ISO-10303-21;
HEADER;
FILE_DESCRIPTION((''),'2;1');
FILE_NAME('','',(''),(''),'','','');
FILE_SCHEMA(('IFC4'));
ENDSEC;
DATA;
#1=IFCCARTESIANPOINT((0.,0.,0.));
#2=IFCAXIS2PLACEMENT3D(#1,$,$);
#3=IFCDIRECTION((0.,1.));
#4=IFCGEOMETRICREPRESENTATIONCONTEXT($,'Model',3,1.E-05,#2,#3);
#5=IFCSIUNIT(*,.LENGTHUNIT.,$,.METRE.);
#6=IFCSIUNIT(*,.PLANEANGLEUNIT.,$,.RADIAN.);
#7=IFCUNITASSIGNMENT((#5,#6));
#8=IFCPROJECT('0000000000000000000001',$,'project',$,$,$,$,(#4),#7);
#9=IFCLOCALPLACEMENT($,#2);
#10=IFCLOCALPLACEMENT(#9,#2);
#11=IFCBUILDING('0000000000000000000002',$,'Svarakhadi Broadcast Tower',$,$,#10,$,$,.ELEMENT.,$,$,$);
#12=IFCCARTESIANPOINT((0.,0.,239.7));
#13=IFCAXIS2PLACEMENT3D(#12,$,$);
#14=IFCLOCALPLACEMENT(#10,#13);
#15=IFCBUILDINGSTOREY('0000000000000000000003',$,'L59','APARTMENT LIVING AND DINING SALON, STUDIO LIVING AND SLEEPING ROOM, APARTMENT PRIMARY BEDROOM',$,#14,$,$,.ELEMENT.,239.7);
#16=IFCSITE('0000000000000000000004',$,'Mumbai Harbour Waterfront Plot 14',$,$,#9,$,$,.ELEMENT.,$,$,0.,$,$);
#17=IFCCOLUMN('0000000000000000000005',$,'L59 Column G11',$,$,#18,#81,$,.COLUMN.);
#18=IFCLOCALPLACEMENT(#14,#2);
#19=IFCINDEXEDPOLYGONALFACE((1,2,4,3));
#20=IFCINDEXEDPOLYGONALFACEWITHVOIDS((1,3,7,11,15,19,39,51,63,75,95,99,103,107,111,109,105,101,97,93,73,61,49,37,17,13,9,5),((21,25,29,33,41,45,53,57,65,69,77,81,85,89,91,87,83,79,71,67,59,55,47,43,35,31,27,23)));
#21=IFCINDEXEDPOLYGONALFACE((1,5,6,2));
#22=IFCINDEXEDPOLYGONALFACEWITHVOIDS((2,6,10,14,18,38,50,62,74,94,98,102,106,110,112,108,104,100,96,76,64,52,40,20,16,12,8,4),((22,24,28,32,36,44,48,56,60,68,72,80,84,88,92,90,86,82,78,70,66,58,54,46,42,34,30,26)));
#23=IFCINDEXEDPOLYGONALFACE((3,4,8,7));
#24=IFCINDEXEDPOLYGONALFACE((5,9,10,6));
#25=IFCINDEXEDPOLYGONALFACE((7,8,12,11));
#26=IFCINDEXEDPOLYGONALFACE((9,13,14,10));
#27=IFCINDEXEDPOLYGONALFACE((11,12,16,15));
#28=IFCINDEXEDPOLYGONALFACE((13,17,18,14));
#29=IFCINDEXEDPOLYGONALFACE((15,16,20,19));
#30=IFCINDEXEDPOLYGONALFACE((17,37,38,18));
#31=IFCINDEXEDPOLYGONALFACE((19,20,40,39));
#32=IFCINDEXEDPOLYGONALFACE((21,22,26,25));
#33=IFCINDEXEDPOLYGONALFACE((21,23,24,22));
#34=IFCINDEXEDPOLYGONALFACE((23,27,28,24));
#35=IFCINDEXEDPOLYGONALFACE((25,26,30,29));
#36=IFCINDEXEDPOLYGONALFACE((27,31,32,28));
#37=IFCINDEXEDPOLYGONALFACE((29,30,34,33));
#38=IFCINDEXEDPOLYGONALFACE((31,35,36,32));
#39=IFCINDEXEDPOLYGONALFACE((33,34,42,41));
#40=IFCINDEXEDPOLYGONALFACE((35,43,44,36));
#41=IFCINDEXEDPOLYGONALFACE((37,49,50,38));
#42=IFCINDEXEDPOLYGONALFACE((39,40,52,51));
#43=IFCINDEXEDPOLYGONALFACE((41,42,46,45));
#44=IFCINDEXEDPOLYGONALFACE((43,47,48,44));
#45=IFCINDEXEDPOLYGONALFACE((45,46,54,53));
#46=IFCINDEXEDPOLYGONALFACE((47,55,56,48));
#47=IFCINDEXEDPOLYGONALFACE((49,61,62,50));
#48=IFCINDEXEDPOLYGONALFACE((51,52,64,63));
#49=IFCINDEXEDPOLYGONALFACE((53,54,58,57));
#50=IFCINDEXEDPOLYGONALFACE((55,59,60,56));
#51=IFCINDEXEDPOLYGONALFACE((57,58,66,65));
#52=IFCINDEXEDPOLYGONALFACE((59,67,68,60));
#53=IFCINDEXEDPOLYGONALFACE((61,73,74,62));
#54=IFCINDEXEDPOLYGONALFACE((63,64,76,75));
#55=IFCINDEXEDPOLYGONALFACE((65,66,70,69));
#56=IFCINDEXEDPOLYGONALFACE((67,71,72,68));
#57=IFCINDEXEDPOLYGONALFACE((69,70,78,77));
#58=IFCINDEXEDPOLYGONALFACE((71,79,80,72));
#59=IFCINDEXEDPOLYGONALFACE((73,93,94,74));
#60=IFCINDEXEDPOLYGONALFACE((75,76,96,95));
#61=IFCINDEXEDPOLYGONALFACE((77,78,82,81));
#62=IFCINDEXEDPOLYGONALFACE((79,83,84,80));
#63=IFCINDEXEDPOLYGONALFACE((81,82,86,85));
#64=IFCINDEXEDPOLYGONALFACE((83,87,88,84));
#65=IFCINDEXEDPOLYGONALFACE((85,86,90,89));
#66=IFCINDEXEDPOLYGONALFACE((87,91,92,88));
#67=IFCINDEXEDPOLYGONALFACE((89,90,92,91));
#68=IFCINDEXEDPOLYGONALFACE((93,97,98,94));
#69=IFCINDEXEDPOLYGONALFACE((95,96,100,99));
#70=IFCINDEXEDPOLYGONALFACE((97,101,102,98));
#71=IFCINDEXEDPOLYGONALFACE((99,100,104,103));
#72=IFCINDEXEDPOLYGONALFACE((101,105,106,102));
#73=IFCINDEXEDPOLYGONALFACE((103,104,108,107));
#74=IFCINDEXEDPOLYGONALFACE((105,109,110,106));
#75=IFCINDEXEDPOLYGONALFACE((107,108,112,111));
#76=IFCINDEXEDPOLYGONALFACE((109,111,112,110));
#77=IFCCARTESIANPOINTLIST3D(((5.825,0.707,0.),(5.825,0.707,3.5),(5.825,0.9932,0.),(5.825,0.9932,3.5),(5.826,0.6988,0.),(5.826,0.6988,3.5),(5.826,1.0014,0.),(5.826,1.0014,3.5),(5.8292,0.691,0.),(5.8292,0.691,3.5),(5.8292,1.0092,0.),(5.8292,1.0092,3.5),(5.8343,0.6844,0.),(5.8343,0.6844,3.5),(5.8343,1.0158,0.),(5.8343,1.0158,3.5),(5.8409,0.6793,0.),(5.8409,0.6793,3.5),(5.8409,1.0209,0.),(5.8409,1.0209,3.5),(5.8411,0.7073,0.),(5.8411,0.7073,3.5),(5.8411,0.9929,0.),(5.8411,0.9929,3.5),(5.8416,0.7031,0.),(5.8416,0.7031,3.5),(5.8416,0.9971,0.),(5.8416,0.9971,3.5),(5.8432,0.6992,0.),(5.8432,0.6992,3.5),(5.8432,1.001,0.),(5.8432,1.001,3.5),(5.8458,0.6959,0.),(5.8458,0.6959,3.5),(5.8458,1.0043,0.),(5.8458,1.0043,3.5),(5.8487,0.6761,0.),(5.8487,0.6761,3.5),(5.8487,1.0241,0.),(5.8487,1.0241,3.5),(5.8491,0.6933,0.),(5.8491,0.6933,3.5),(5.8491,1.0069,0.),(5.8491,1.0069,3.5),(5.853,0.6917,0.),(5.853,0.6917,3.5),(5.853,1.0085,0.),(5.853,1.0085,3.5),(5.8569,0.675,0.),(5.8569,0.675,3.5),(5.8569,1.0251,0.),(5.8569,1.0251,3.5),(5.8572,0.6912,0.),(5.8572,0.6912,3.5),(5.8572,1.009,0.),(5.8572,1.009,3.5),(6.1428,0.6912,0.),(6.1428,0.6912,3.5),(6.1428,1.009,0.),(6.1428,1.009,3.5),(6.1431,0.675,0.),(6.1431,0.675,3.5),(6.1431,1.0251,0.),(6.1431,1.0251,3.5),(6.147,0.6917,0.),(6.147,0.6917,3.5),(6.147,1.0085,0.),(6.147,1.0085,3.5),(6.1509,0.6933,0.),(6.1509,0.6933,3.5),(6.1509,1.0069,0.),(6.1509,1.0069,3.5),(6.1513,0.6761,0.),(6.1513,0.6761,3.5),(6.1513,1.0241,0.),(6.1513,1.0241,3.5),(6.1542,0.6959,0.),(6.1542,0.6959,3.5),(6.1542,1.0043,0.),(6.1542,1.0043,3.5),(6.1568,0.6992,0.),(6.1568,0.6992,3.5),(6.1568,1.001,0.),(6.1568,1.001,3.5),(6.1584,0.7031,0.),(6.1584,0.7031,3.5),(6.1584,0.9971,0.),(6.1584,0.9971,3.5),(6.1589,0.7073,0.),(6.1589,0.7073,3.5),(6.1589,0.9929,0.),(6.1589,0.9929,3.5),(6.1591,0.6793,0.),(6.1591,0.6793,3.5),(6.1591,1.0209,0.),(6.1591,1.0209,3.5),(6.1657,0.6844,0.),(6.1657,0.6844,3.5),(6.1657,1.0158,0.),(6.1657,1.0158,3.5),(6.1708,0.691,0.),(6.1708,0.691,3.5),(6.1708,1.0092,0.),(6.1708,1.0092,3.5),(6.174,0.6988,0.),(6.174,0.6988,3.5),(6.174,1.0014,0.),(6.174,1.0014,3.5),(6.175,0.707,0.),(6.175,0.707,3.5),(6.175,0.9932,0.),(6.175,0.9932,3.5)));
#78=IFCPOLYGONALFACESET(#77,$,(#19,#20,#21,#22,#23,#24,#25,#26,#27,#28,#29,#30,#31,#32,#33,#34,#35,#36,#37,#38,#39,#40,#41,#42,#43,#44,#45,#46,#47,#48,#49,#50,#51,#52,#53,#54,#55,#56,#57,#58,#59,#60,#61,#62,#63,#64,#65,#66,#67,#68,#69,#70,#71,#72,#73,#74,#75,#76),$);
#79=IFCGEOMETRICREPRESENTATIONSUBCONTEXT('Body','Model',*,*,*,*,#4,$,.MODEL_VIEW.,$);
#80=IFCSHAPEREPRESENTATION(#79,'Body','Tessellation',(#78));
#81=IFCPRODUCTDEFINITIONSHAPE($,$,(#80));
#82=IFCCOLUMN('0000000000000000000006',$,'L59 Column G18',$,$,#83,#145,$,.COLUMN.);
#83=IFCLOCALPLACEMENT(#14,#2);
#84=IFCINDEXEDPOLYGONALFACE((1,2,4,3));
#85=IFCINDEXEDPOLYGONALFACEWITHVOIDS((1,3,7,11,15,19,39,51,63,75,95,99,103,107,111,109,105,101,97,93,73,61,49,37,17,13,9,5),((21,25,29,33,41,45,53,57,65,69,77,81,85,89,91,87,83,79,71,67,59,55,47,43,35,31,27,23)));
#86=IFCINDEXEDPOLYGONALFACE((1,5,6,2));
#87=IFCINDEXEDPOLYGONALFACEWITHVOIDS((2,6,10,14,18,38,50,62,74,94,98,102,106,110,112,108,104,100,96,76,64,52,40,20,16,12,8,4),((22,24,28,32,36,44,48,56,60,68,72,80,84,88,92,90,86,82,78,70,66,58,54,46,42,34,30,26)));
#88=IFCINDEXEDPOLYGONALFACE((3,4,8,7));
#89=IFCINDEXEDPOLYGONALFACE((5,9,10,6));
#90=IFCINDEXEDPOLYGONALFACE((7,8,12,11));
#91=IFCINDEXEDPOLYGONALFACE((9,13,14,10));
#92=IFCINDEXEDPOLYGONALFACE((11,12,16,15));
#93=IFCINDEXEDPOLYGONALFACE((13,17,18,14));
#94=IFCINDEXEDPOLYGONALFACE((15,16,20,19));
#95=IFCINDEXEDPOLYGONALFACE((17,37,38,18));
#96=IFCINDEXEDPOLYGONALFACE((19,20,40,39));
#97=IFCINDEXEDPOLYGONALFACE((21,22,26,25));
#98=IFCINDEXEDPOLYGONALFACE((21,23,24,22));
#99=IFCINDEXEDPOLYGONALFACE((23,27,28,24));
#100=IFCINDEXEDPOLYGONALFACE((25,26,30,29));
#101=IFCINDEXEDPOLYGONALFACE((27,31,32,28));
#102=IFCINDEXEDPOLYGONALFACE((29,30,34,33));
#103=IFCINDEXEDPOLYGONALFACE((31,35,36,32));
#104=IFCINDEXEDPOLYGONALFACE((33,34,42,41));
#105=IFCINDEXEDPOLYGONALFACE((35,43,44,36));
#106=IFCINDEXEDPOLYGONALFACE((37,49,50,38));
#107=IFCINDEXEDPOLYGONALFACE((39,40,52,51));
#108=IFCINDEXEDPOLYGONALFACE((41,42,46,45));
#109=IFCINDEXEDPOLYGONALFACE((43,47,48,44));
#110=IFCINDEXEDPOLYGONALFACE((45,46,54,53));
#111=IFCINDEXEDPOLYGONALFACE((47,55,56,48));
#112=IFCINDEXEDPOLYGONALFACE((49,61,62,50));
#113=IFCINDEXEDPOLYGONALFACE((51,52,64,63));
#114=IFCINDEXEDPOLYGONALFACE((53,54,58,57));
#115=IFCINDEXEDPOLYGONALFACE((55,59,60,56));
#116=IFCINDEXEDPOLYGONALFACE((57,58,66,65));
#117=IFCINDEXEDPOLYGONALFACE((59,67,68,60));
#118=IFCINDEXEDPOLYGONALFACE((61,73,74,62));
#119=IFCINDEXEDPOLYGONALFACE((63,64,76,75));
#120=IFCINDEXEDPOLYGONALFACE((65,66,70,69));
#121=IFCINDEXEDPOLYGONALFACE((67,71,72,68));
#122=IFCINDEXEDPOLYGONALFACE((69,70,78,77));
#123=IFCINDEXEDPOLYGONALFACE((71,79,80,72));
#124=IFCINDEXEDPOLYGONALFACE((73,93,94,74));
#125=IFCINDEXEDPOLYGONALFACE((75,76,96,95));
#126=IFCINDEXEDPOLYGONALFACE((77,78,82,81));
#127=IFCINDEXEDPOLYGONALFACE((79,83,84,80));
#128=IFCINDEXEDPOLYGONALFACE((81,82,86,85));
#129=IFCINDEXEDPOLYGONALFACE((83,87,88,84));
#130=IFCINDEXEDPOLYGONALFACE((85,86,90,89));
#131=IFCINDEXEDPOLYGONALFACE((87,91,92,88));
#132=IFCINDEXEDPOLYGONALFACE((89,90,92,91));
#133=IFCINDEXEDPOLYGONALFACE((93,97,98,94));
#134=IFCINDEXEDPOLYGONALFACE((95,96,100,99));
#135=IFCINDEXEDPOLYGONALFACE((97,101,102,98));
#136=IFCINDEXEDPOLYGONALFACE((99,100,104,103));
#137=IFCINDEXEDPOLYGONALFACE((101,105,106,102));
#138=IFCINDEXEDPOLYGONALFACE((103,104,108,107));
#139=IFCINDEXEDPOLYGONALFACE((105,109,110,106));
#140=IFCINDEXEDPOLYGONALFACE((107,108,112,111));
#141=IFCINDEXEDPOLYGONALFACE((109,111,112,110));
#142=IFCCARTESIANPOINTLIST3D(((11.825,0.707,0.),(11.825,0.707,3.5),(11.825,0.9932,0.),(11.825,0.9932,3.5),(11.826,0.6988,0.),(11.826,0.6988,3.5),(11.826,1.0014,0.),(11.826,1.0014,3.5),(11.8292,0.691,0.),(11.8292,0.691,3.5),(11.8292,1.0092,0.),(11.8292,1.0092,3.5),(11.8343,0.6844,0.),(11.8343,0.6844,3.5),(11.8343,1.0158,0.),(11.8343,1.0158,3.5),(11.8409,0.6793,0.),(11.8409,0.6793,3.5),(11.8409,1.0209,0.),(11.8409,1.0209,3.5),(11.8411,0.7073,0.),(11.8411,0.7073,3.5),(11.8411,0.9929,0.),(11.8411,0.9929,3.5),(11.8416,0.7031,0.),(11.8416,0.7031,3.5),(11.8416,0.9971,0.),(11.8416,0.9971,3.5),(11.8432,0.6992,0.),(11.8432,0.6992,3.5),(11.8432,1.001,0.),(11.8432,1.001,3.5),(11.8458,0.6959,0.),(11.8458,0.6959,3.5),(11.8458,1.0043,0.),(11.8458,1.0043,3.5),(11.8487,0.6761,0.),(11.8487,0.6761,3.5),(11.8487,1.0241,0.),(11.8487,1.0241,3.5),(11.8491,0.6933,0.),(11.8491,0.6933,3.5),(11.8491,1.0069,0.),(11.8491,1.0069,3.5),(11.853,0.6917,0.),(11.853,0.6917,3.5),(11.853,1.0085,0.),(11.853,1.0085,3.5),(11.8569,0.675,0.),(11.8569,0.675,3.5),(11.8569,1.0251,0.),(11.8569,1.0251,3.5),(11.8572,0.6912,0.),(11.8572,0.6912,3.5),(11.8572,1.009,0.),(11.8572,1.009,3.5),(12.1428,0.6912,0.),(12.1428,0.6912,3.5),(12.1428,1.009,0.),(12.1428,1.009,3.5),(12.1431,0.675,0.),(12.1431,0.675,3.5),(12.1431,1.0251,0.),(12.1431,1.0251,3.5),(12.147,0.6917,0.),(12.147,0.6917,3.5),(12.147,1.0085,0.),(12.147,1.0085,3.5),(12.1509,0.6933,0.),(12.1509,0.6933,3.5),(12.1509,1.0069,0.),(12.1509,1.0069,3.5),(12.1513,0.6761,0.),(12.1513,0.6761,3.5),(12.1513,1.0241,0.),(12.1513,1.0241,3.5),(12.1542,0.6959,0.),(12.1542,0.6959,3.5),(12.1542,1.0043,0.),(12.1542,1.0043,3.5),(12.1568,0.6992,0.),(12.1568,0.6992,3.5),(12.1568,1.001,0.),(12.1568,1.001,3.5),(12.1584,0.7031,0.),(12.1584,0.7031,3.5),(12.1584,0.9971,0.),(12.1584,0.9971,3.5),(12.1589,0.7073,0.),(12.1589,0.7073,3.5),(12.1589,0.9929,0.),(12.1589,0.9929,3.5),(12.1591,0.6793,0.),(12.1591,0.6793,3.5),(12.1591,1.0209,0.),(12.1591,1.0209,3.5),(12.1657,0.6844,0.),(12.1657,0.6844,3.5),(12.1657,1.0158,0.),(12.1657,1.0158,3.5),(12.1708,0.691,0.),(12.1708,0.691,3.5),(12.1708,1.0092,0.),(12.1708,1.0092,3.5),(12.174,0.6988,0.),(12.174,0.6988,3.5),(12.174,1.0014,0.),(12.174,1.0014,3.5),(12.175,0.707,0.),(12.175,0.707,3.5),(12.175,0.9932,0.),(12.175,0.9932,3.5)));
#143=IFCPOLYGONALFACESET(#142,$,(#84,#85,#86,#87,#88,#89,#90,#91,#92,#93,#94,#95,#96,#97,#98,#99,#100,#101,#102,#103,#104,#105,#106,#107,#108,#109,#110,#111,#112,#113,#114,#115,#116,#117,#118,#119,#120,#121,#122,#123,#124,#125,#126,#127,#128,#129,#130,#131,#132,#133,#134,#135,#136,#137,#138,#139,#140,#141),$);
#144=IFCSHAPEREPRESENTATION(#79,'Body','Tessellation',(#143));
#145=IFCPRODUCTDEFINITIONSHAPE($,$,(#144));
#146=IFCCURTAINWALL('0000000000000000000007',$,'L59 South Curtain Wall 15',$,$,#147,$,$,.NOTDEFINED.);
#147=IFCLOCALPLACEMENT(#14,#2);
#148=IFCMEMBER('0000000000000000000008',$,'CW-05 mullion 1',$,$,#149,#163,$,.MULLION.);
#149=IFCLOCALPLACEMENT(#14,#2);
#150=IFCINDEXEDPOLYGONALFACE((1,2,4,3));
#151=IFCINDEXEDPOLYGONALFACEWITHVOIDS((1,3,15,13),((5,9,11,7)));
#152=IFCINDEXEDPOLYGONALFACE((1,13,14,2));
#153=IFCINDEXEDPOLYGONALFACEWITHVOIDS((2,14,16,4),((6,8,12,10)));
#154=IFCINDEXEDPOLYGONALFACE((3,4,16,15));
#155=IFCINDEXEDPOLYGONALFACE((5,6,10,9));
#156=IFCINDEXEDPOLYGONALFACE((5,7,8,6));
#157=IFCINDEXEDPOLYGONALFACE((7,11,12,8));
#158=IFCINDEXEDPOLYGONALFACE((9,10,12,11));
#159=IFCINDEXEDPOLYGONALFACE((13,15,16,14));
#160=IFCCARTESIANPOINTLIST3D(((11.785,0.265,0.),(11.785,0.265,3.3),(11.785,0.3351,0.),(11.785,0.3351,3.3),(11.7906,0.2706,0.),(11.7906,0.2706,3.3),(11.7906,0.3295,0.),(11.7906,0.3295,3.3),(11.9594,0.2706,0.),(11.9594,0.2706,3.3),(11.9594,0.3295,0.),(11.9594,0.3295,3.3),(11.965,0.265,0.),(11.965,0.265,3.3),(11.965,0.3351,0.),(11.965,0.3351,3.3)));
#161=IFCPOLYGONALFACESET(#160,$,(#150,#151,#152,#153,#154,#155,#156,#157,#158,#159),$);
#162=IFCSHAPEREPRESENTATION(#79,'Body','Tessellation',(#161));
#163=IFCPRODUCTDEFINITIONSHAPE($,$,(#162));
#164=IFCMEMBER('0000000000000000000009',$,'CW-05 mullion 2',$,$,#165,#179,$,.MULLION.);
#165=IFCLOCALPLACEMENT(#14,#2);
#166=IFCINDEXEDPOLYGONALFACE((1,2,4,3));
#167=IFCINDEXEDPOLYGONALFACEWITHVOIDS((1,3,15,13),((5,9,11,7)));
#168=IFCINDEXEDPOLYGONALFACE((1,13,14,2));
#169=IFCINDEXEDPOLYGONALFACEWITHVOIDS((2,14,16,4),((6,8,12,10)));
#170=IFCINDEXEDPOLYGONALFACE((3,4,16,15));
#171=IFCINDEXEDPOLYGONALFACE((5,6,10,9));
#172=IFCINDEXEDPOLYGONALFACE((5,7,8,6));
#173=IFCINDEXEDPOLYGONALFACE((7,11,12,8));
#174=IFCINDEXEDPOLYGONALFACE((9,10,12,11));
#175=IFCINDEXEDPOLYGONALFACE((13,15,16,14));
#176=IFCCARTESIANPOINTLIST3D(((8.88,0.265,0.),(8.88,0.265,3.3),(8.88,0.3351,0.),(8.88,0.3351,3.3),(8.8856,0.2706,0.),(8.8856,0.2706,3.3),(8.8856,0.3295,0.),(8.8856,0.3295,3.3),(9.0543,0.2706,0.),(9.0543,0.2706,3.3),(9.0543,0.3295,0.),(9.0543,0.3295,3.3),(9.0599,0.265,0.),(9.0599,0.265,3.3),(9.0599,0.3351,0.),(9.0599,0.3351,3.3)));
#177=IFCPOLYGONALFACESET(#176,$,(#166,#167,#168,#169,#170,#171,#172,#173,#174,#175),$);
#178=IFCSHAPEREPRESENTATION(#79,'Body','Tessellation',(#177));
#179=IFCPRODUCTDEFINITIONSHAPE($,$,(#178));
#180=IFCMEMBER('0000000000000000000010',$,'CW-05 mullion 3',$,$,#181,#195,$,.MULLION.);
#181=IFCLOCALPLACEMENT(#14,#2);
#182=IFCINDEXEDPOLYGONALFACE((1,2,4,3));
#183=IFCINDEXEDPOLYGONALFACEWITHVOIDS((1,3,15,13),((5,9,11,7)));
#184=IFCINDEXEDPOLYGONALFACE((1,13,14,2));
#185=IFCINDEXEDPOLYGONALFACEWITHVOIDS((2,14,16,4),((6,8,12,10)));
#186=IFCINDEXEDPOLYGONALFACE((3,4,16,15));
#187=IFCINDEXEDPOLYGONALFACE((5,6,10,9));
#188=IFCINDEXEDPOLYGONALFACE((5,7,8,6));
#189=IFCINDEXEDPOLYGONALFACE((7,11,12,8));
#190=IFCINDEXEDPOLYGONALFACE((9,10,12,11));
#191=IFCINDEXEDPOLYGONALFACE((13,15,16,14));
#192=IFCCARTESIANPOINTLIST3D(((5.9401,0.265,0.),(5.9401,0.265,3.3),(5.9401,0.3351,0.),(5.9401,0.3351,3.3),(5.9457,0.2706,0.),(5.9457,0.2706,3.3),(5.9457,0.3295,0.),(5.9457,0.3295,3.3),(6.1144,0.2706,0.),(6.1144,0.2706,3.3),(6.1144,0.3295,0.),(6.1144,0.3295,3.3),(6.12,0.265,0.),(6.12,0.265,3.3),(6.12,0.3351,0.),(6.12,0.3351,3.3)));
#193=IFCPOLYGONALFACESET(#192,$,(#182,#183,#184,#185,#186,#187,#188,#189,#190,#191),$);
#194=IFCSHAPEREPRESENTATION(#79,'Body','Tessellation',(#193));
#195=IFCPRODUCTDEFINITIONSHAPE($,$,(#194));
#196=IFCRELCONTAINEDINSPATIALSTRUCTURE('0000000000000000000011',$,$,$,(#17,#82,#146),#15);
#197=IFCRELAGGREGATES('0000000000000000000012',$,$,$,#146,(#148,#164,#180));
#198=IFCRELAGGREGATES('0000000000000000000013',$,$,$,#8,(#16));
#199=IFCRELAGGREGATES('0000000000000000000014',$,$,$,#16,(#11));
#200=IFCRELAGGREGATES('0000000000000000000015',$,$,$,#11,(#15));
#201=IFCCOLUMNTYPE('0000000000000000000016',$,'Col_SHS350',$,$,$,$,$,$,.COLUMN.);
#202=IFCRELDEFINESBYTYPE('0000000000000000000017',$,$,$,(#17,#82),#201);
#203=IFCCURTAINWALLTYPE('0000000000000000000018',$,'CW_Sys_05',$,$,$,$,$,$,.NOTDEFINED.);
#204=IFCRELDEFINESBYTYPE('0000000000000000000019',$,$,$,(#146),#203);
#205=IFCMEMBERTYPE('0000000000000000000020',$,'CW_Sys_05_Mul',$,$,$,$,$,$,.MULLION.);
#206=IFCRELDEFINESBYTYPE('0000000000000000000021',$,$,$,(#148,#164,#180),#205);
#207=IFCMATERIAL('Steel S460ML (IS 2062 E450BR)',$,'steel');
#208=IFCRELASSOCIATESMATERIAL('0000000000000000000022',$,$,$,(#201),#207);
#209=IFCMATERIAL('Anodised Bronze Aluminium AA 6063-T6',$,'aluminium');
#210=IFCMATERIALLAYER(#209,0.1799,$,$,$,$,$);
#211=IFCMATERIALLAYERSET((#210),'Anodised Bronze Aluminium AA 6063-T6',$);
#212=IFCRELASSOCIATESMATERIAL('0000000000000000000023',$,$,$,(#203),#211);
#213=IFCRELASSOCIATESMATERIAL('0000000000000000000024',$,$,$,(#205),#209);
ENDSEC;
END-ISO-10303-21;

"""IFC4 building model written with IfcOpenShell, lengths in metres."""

from ifc_helpers import new_model, si_unit, direction, frame, origin, origin_2d, place, context, subcontext, project, spatial, hollow_rectangle, extrude, material, layer, layer_set, material_profile, profile_set, type_object, element, aggregate, save


model = new_model("IFC4")

# Units and contexts
model_context = context("Model", 3, precision=1e-05, world=origin(), true_north=direction((0.0, 1.0)))
body_context = subcontext(model_context, "Body", "Model", "MODEL_VIEW")
ifc_project = project(units=[si_unit("LENGTHUNIT", "METRE"), si_unit("PLANEANGLEUNIT", "RADIAN")], contexts=[model_context])

# Site, building, storey
site_placement = place(None, origin())
site = spatial("IfcSite", under=ifc_project, at=site_placement, Name="Mumbai Harbour Waterfront Plot 14", CompositionType="ELEMENT", RefElevation=0.0)
building_placement = place(site_placement, origin())
building = spatial("IfcBuilding", under=site, at=building_placement, Name="Svarakhadi Broadcast Tower", CompositionType="ELEMENT")
storey_placement = place(building_placement, frame((0.0, 0.0, 239.7)))
storey = spatial("IfcBuildingStorey", under=building, at=storey_placement, Name="L59", Description="APARTMENT LIVING AND DINING SALON, STUDIO LIVING AND SLEEPING ROOM, APARTMENT PRIMARY BEDROOM", CompositionType="ELEMENT", Elevation=239.7)

# Columns
ifc_material_1 = material(Name="Steel S460ML (IS 2062 E450BR)", Category="steel")
ifc_material_profile_1 = material_profile(ifc_material_1, hollow_rectangle(XDim=0.3501, YDim=0.3501, WallThickness=0.0161, InnerFilletRadius=0.0161, OuterFilletRadius=0.032, at=origin_2d()), Name="SHS 350x350x16")
ifc_profile_set_1 = profile_set([ifc_material_profile_1], Name="Steel S460ML (IS 2062 E450BR)")
column_type = type_object("IfcColumnType", Name="Col_SHS350", PredefinedType="COLUMN", material=ifc_profile_set_1)
for number, where, z_axis, x_axis, name in (
    (1, (6.0, 0.8501, 0.0), (0.0, 0.0, 1.0), (1.0, 0.0, 0.0), "L59 Column G11"),
    (2, (12.0, 0.8501, 0.0), (0.0, 0.0, 1.0), (1.0, 0.0, 0.0), "L59 Column G18"),
):
    element("IfcColumn", number, at=place(storey_placement, frame(where, z_axis=z_axis, x_axis=x_axis)), inside=storey, type_object=column_type, Name=name, PredefinedType="COLUMN", context=body_context, shape_type="SweptSolid", body=[
        extrude(hollow_rectangle(XDim=0.3501, YDim=0.3501, WallThickness=0.0161, InnerFilletRadius=0.0161, OuterFilletRadius=0.032, at=origin_2d()), origin(), (0.0, 0.0, 1.0), 3.5),
    ])

# Curtain wall, members
ifc_material_2 = material(Name="Anodised Bronze Aluminium AA 6063-T6", Category="aluminium")
ifc_layer_1 = layer(ifc_material_2, 0.1799)
ifc_layer_set_1 = layer_set([ifc_layer_1], Name="Anodised Bronze Aluminium AA 6063-T6")
curtain_wall_type = type_object("IfcCurtainWallType", Name="CW_Sys_05", PredefinedType="NOTDEFINED", material=ifc_layer_set_1)
curtain_wall_placement = place(storey_placement, origin())
curtain_wall = element("IfcCurtainWall", 3, at=curtain_wall_placement, inside=storey, type_object=curtain_wall_type, Name="L59 South Curtain Wall 15", PredefinedType="NOTDEFINED")
ifc_material_profile_2 = material_profile(ifc_material_2, hollow_rectangle(XDim=0.0701, YDim=0.1799, WallThickness=0.0056, at=origin_2d()), Name="ALU MULLION 180x70x6")
ifc_profile_set_2 = profile_set([ifc_material_profile_2], Name="Anodised Bronze Aluminium AA 6063-T6")
member_type_1 = type_object("IfcMemberType", Name="CW_Sys_05_Mul", PredefinedType="MULLION", material=ifc_profile_set_2)
member_1_placement = place(storey_placement, frame((11.875, 0.3, 0.0), z_axis=(0.0, 0.0, 1.0), x_axis=(0.0, -1.0, 0.0)))
member_1 = element("IfcMember", 4, at=member_1_placement, type_object=member_type_1, Name="CW-05 mullion 1", PredefinedType="MULLION", context=body_context, shape_type="SweptSolid", body=[
    extrude(hollow_rectangle(XDim=0.0701, YDim=0.1799, WallThickness=0.0056, at=origin_2d()), origin(), (0.0, 0.0, 1.0), 3.3),
])
member_2_placement = place(storey_placement, frame((8.97, 0.3, 0.0), z_axis=(0.0, 0.0, 1.0), x_axis=(0.0, -1.0, 0.0)))
member_2 = element("IfcMember", 5, at=member_2_placement, type_object=member_type_1, Name="CW-05 mullion 2", PredefinedType="MULLION", context=body_context, shape_type="SweptSolid", body=[
    extrude(hollow_rectangle(XDim=0.0701, YDim=0.1799, WallThickness=0.0056, at=origin_2d()), origin(), (0.0, 0.0, 1.0), 3.3),
])
member_3_placement = place(storey_placement, frame((6.03, 0.3, 0.0), z_axis=(0.0, 0.0, 1.0), x_axis=(0.0, -1.0, 0.0)))
member_3 = element("IfcMember", 6, at=member_3_placement, type_object=member_type_1, Name="CW-05 mullion 3", PredefinedType="MULLION", context=body_context, shape_type="SweptSolid", body=[
    extrude(hollow_rectangle(XDim=0.0701, YDim=0.1799, WallThickness=0.0056, at=origin_2d()), origin(), (0.0, 0.0, 1.0), 3.3),
])

aggregate(curtain_wall, [member_1, member_2, member_3])

save(model, "model.ifc")
